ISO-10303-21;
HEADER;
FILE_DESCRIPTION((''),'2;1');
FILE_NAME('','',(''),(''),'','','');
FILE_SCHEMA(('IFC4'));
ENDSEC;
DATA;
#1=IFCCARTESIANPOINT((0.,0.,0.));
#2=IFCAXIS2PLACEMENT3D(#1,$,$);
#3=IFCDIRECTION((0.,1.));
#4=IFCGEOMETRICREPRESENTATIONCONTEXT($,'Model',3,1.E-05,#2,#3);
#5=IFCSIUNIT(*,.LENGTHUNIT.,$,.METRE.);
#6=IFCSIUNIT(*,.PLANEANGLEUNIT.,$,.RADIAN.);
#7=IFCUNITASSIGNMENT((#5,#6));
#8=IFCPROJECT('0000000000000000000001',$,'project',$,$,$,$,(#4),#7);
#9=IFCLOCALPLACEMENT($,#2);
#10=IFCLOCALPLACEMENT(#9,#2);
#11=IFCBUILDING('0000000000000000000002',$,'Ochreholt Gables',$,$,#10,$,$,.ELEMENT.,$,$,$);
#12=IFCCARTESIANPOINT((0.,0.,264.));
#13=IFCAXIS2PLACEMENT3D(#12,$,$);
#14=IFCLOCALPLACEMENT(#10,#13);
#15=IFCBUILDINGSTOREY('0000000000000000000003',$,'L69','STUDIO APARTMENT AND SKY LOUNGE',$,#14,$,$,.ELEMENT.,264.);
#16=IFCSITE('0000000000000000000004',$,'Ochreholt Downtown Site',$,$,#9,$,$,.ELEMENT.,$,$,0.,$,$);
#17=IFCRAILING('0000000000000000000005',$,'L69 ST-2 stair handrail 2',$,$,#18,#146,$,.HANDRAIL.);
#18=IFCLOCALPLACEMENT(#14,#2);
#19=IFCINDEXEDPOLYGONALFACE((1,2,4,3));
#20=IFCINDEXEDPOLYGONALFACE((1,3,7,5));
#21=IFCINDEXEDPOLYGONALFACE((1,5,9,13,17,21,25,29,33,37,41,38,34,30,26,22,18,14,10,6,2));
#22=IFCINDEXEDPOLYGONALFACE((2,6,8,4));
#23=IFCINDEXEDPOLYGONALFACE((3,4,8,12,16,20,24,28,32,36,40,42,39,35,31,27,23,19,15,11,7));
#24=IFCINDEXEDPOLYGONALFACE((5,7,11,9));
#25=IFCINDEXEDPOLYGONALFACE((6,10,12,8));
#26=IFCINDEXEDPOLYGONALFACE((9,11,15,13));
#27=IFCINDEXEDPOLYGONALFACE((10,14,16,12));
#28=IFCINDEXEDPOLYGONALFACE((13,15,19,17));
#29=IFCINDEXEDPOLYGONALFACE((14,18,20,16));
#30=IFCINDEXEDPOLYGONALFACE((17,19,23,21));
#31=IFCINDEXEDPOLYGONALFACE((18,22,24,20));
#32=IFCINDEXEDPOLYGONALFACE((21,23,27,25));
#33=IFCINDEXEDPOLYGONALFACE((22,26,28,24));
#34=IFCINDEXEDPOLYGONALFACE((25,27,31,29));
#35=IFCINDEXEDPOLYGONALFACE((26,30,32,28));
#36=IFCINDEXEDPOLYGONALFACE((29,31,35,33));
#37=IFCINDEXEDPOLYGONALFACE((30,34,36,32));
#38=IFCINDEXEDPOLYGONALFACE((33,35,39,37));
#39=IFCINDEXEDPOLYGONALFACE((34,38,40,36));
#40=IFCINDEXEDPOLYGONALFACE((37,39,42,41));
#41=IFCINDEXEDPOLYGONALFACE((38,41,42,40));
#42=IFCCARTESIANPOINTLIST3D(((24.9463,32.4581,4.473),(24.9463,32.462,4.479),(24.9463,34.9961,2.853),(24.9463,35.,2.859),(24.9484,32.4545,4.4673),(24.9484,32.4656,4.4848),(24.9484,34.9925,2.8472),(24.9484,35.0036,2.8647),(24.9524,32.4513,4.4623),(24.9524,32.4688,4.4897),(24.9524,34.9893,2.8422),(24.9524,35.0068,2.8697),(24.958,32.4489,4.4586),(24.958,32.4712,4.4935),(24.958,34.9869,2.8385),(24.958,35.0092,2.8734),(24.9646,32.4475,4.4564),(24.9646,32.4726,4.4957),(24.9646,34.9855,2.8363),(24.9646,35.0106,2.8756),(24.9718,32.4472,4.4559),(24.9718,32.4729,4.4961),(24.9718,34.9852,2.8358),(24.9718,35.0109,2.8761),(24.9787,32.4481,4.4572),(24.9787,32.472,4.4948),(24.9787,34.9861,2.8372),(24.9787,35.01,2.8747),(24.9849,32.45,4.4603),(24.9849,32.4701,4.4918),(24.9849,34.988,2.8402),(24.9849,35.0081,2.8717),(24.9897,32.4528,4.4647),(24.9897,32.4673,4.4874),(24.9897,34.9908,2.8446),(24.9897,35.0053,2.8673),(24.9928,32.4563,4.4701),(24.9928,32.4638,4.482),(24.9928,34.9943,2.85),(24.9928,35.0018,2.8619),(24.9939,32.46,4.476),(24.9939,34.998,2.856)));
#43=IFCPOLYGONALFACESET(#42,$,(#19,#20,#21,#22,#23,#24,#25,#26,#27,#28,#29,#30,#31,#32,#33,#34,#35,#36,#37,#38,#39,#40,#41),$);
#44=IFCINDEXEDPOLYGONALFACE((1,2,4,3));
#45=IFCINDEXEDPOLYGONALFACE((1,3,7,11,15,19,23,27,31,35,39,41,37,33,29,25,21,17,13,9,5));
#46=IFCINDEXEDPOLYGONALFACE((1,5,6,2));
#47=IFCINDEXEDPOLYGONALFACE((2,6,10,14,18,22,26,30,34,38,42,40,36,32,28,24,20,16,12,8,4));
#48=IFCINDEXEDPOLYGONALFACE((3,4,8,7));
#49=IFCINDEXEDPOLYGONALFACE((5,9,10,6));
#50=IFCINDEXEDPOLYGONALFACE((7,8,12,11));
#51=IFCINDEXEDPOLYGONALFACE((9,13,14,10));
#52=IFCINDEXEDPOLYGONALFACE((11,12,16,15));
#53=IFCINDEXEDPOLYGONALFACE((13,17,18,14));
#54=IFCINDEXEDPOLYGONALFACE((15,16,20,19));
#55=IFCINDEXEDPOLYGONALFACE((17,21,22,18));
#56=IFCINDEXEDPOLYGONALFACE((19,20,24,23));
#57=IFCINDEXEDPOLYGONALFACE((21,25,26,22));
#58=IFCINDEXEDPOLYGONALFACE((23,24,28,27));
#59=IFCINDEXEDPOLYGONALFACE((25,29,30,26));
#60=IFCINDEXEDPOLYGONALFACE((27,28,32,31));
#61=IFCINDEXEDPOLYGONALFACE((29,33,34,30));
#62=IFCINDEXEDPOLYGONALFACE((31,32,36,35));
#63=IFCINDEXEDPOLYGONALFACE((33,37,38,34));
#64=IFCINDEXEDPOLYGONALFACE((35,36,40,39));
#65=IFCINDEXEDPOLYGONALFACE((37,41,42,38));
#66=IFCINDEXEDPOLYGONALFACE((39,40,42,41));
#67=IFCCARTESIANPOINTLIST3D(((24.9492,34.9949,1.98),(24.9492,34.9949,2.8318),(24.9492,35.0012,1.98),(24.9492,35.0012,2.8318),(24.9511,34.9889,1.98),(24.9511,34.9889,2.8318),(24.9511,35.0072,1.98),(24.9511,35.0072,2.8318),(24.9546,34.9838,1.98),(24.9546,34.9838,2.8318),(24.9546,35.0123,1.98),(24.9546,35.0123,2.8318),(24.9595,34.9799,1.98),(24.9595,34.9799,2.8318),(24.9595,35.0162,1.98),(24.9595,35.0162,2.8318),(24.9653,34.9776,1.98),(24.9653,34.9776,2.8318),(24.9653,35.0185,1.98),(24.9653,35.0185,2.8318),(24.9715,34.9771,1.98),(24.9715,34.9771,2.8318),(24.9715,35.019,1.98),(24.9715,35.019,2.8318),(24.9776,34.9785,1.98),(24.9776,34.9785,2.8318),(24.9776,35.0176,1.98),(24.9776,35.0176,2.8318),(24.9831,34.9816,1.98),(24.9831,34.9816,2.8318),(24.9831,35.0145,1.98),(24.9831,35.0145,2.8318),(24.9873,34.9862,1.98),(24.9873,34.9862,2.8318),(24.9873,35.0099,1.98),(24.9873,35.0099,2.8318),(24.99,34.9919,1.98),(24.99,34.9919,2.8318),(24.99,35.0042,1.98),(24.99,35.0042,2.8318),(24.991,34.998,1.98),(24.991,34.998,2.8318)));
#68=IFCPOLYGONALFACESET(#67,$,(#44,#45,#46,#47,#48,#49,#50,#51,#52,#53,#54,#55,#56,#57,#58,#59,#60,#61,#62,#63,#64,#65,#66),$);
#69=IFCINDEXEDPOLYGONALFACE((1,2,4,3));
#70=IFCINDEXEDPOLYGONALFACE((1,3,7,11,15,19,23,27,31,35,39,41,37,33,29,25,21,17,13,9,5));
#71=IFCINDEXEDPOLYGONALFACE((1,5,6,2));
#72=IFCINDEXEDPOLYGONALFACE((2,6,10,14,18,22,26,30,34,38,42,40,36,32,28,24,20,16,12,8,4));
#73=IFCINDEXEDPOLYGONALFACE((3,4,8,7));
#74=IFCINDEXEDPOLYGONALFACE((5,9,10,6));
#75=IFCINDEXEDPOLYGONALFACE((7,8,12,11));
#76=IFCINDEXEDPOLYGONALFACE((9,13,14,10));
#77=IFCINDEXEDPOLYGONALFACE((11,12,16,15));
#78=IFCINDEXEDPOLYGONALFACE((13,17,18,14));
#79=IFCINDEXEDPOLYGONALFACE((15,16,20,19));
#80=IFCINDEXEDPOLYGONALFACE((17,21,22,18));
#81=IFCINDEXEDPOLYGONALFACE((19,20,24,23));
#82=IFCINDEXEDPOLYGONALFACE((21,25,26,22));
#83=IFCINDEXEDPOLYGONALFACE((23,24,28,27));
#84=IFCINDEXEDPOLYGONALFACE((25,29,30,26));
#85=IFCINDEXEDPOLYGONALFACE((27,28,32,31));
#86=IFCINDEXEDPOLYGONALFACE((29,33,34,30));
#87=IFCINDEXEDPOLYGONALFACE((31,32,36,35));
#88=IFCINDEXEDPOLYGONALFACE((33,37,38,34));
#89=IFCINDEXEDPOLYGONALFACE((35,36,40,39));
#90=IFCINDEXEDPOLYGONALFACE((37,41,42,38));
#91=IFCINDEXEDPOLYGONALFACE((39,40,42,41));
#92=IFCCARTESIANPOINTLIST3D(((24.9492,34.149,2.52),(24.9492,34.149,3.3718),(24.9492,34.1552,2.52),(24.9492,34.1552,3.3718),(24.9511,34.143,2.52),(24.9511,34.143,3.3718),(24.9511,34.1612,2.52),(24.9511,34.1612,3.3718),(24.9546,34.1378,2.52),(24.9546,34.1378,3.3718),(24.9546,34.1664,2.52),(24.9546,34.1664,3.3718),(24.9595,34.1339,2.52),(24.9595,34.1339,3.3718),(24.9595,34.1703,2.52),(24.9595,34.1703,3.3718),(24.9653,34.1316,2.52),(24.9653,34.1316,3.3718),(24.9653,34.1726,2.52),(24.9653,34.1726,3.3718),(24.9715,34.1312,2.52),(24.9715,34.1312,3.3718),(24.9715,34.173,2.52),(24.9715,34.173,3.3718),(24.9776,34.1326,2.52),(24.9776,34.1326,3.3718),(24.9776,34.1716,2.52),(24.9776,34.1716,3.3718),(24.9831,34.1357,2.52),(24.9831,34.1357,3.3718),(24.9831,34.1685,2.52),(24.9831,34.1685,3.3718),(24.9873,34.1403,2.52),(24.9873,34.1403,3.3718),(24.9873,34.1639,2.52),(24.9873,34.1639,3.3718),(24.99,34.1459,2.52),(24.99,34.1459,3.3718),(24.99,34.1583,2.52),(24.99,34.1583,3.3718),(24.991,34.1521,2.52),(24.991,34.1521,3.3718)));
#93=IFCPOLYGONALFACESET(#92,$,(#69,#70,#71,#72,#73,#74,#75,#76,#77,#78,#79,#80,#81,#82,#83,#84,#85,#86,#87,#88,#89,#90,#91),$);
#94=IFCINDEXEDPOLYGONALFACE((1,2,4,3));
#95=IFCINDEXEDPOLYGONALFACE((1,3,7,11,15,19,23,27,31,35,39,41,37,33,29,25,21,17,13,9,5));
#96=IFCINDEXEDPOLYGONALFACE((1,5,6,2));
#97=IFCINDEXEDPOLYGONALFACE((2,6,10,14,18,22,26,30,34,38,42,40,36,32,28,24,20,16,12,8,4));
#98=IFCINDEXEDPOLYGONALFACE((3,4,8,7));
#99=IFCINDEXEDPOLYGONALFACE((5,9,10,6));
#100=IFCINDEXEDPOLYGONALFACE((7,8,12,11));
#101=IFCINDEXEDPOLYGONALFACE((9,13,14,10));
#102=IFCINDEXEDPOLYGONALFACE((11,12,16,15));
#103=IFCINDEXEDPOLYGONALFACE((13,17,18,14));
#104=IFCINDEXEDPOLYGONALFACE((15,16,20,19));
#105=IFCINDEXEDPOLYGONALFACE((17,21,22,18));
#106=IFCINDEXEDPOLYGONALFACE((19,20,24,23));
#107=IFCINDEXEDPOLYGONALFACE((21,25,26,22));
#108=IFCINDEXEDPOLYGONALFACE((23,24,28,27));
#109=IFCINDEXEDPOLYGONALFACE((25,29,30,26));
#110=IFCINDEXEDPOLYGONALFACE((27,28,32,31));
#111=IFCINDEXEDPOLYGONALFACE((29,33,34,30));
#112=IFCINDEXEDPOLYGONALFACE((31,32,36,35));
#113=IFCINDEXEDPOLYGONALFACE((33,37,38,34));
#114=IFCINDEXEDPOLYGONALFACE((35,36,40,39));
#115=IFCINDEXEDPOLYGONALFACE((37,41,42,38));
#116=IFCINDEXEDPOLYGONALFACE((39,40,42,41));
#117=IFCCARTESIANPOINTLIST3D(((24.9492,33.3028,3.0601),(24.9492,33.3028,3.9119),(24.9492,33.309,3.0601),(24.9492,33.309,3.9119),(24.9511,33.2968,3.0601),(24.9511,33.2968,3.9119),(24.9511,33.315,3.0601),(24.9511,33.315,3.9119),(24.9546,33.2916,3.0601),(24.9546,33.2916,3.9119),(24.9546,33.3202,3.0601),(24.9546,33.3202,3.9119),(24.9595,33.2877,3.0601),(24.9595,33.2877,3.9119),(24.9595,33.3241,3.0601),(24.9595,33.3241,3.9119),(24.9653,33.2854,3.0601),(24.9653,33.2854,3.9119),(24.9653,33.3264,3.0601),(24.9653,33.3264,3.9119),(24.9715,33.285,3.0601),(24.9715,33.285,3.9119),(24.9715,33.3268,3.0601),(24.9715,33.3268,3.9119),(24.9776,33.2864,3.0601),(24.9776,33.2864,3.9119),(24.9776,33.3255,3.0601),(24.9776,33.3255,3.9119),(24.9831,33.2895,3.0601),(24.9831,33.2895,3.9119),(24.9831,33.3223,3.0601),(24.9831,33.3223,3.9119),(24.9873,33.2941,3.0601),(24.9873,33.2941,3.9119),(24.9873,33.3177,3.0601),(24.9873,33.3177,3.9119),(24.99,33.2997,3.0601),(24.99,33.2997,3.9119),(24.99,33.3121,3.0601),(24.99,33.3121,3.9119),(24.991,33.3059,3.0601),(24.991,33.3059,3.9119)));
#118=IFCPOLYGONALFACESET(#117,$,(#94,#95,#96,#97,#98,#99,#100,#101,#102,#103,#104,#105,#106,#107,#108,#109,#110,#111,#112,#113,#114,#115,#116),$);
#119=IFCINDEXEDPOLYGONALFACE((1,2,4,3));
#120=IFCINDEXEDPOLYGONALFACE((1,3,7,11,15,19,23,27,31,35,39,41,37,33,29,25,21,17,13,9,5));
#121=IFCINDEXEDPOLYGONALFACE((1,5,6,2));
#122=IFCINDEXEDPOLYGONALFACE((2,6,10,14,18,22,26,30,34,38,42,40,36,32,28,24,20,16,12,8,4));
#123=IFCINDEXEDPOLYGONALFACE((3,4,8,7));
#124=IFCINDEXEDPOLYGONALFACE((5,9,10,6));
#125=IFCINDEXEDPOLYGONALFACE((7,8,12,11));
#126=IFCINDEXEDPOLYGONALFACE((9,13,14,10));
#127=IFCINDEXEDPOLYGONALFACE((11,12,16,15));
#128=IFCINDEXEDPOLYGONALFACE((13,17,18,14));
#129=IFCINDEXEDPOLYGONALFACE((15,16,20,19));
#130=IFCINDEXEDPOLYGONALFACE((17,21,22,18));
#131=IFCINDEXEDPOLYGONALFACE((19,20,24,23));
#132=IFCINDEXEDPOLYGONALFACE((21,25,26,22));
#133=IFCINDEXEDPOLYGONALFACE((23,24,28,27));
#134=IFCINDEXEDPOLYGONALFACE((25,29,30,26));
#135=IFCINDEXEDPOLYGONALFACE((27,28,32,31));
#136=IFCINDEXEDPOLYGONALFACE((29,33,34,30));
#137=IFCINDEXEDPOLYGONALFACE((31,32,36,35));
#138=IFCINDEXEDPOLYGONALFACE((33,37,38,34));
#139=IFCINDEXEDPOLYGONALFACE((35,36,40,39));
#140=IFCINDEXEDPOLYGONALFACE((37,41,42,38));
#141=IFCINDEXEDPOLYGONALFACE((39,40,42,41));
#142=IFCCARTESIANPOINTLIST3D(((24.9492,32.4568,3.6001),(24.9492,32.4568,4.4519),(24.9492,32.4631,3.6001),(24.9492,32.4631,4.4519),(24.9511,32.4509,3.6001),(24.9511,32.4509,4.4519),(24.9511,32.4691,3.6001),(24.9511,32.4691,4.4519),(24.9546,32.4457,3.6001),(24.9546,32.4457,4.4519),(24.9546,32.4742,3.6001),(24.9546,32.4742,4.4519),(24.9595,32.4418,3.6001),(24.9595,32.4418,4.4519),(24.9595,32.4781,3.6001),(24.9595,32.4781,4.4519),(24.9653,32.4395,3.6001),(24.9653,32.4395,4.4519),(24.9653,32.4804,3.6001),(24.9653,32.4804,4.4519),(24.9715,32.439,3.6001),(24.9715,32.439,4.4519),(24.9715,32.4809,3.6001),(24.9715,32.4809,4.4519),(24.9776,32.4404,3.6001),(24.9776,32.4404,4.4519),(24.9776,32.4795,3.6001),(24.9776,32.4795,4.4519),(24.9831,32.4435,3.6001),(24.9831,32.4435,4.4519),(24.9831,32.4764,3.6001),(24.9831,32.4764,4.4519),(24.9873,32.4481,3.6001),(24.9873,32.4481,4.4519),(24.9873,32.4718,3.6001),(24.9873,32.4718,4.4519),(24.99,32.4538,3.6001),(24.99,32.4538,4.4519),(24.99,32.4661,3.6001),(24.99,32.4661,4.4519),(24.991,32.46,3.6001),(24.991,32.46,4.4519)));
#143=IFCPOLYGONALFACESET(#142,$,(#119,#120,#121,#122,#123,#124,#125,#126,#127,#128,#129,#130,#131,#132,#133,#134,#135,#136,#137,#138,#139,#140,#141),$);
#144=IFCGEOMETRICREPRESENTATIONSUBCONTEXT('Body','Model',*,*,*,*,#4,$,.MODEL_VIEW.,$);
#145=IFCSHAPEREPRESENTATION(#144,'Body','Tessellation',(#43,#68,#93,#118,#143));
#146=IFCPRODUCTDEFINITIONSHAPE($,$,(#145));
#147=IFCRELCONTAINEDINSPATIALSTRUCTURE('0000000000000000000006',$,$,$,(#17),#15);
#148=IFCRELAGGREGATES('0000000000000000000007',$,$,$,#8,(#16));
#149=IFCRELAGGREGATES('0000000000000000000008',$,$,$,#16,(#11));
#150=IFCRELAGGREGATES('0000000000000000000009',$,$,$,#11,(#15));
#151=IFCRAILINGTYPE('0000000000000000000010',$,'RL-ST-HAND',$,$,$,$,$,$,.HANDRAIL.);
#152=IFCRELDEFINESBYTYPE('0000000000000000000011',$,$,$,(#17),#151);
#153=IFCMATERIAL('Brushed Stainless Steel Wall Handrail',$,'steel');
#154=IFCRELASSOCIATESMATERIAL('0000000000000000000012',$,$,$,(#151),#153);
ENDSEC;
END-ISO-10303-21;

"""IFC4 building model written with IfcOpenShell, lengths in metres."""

from ifc_helpers import new_model, si_unit, direction, frame, origin, origin_2d, place, context, subcontext, project, spatial, circle, extrude, material, type_object, element, save


model = new_model("IFC4")

# Units and contexts
model_context = context("Model", 3, precision=1e-05, world=origin(), true_north=direction((0.0, 1.0)))
body_context = subcontext(model_context, "Body", "Model", "MODEL_VIEW")
ifc_project = project(units=[si_unit("LENGTHUNIT", "METRE"), si_unit("PLANEANGLEUNIT", "RADIAN")], contexts=[model_context])

# Site, building, storey
site_placement = place(None, origin())
site = spatial("IfcSite", under=ifc_project, at=site_placement, Name="Ochreholt Downtown Site", CompositionType="ELEMENT", RefElevation=0.0)
building_placement = place(site_placement, origin())
building = spatial("IfcBuilding", under=site, at=building_placement, Name="Ochreholt Gables", CompositionType="ELEMENT")
storey_placement = place(building_placement, frame((0.0, 0.0, 264.0)))
storey = spatial("IfcBuildingStorey", under=building, at=storey_placement, Name="L69", Description="STUDIO APARTMENT AND SKY LOUNGE", CompositionType="ELEMENT", Elevation=264.0)

# Railing
ifc_material_1 = material(Name="Brushed Stainless Steel Wall Handrail", Category="steel")
railing_type_1 = type_object("IfcRailingType", Name="RL-ST-HAND", PredefinedType="HANDRAIL", material=ifc_material_1)
railing_1_placement = place(storey_placement, frame((24.97, 34.998, 1.98)))
element("IfcRailing", 1, at=railing_1_placement, inside=storey, type_object=railing_type_1, Name="L69 ST-2 stair handrail 2", PredefinedType="HANDRAIL", context=body_context, shape_type="SweptSolid", body=[
    extrude(circle(Radius=0.0239, at=origin_2d()), frame((0.0, 0.0, 0.876), z_axis=(0.0, -0.842913, 0.53805), x_axis=(1.0, 0.0, 0.0)), (0.0, 0.0, 1.0), 3.011),
    extrude(circle(Radius=0.021, at=origin_2d()), origin(), (0.0, 0.0, 1.0), 0.8518),
    extrude(circle(Radius=0.021, at=origin_2d()), frame((0.0, -0.8459, 0.54)), (0.0, 0.0, 1.0), 0.8518),
    extrude(circle(Radius=0.021, at=origin_2d()), frame((0.0, -1.6921, 1.0801)), (0.0, 0.0, 1.0), 0.8518),
    extrude(circle(Radius=0.021, at=origin_2d()), frame((0.0, -2.5381, 1.6201)), (0.0, 0.0, 1.0), 0.8518),
])

save(model, "model.ifc")
